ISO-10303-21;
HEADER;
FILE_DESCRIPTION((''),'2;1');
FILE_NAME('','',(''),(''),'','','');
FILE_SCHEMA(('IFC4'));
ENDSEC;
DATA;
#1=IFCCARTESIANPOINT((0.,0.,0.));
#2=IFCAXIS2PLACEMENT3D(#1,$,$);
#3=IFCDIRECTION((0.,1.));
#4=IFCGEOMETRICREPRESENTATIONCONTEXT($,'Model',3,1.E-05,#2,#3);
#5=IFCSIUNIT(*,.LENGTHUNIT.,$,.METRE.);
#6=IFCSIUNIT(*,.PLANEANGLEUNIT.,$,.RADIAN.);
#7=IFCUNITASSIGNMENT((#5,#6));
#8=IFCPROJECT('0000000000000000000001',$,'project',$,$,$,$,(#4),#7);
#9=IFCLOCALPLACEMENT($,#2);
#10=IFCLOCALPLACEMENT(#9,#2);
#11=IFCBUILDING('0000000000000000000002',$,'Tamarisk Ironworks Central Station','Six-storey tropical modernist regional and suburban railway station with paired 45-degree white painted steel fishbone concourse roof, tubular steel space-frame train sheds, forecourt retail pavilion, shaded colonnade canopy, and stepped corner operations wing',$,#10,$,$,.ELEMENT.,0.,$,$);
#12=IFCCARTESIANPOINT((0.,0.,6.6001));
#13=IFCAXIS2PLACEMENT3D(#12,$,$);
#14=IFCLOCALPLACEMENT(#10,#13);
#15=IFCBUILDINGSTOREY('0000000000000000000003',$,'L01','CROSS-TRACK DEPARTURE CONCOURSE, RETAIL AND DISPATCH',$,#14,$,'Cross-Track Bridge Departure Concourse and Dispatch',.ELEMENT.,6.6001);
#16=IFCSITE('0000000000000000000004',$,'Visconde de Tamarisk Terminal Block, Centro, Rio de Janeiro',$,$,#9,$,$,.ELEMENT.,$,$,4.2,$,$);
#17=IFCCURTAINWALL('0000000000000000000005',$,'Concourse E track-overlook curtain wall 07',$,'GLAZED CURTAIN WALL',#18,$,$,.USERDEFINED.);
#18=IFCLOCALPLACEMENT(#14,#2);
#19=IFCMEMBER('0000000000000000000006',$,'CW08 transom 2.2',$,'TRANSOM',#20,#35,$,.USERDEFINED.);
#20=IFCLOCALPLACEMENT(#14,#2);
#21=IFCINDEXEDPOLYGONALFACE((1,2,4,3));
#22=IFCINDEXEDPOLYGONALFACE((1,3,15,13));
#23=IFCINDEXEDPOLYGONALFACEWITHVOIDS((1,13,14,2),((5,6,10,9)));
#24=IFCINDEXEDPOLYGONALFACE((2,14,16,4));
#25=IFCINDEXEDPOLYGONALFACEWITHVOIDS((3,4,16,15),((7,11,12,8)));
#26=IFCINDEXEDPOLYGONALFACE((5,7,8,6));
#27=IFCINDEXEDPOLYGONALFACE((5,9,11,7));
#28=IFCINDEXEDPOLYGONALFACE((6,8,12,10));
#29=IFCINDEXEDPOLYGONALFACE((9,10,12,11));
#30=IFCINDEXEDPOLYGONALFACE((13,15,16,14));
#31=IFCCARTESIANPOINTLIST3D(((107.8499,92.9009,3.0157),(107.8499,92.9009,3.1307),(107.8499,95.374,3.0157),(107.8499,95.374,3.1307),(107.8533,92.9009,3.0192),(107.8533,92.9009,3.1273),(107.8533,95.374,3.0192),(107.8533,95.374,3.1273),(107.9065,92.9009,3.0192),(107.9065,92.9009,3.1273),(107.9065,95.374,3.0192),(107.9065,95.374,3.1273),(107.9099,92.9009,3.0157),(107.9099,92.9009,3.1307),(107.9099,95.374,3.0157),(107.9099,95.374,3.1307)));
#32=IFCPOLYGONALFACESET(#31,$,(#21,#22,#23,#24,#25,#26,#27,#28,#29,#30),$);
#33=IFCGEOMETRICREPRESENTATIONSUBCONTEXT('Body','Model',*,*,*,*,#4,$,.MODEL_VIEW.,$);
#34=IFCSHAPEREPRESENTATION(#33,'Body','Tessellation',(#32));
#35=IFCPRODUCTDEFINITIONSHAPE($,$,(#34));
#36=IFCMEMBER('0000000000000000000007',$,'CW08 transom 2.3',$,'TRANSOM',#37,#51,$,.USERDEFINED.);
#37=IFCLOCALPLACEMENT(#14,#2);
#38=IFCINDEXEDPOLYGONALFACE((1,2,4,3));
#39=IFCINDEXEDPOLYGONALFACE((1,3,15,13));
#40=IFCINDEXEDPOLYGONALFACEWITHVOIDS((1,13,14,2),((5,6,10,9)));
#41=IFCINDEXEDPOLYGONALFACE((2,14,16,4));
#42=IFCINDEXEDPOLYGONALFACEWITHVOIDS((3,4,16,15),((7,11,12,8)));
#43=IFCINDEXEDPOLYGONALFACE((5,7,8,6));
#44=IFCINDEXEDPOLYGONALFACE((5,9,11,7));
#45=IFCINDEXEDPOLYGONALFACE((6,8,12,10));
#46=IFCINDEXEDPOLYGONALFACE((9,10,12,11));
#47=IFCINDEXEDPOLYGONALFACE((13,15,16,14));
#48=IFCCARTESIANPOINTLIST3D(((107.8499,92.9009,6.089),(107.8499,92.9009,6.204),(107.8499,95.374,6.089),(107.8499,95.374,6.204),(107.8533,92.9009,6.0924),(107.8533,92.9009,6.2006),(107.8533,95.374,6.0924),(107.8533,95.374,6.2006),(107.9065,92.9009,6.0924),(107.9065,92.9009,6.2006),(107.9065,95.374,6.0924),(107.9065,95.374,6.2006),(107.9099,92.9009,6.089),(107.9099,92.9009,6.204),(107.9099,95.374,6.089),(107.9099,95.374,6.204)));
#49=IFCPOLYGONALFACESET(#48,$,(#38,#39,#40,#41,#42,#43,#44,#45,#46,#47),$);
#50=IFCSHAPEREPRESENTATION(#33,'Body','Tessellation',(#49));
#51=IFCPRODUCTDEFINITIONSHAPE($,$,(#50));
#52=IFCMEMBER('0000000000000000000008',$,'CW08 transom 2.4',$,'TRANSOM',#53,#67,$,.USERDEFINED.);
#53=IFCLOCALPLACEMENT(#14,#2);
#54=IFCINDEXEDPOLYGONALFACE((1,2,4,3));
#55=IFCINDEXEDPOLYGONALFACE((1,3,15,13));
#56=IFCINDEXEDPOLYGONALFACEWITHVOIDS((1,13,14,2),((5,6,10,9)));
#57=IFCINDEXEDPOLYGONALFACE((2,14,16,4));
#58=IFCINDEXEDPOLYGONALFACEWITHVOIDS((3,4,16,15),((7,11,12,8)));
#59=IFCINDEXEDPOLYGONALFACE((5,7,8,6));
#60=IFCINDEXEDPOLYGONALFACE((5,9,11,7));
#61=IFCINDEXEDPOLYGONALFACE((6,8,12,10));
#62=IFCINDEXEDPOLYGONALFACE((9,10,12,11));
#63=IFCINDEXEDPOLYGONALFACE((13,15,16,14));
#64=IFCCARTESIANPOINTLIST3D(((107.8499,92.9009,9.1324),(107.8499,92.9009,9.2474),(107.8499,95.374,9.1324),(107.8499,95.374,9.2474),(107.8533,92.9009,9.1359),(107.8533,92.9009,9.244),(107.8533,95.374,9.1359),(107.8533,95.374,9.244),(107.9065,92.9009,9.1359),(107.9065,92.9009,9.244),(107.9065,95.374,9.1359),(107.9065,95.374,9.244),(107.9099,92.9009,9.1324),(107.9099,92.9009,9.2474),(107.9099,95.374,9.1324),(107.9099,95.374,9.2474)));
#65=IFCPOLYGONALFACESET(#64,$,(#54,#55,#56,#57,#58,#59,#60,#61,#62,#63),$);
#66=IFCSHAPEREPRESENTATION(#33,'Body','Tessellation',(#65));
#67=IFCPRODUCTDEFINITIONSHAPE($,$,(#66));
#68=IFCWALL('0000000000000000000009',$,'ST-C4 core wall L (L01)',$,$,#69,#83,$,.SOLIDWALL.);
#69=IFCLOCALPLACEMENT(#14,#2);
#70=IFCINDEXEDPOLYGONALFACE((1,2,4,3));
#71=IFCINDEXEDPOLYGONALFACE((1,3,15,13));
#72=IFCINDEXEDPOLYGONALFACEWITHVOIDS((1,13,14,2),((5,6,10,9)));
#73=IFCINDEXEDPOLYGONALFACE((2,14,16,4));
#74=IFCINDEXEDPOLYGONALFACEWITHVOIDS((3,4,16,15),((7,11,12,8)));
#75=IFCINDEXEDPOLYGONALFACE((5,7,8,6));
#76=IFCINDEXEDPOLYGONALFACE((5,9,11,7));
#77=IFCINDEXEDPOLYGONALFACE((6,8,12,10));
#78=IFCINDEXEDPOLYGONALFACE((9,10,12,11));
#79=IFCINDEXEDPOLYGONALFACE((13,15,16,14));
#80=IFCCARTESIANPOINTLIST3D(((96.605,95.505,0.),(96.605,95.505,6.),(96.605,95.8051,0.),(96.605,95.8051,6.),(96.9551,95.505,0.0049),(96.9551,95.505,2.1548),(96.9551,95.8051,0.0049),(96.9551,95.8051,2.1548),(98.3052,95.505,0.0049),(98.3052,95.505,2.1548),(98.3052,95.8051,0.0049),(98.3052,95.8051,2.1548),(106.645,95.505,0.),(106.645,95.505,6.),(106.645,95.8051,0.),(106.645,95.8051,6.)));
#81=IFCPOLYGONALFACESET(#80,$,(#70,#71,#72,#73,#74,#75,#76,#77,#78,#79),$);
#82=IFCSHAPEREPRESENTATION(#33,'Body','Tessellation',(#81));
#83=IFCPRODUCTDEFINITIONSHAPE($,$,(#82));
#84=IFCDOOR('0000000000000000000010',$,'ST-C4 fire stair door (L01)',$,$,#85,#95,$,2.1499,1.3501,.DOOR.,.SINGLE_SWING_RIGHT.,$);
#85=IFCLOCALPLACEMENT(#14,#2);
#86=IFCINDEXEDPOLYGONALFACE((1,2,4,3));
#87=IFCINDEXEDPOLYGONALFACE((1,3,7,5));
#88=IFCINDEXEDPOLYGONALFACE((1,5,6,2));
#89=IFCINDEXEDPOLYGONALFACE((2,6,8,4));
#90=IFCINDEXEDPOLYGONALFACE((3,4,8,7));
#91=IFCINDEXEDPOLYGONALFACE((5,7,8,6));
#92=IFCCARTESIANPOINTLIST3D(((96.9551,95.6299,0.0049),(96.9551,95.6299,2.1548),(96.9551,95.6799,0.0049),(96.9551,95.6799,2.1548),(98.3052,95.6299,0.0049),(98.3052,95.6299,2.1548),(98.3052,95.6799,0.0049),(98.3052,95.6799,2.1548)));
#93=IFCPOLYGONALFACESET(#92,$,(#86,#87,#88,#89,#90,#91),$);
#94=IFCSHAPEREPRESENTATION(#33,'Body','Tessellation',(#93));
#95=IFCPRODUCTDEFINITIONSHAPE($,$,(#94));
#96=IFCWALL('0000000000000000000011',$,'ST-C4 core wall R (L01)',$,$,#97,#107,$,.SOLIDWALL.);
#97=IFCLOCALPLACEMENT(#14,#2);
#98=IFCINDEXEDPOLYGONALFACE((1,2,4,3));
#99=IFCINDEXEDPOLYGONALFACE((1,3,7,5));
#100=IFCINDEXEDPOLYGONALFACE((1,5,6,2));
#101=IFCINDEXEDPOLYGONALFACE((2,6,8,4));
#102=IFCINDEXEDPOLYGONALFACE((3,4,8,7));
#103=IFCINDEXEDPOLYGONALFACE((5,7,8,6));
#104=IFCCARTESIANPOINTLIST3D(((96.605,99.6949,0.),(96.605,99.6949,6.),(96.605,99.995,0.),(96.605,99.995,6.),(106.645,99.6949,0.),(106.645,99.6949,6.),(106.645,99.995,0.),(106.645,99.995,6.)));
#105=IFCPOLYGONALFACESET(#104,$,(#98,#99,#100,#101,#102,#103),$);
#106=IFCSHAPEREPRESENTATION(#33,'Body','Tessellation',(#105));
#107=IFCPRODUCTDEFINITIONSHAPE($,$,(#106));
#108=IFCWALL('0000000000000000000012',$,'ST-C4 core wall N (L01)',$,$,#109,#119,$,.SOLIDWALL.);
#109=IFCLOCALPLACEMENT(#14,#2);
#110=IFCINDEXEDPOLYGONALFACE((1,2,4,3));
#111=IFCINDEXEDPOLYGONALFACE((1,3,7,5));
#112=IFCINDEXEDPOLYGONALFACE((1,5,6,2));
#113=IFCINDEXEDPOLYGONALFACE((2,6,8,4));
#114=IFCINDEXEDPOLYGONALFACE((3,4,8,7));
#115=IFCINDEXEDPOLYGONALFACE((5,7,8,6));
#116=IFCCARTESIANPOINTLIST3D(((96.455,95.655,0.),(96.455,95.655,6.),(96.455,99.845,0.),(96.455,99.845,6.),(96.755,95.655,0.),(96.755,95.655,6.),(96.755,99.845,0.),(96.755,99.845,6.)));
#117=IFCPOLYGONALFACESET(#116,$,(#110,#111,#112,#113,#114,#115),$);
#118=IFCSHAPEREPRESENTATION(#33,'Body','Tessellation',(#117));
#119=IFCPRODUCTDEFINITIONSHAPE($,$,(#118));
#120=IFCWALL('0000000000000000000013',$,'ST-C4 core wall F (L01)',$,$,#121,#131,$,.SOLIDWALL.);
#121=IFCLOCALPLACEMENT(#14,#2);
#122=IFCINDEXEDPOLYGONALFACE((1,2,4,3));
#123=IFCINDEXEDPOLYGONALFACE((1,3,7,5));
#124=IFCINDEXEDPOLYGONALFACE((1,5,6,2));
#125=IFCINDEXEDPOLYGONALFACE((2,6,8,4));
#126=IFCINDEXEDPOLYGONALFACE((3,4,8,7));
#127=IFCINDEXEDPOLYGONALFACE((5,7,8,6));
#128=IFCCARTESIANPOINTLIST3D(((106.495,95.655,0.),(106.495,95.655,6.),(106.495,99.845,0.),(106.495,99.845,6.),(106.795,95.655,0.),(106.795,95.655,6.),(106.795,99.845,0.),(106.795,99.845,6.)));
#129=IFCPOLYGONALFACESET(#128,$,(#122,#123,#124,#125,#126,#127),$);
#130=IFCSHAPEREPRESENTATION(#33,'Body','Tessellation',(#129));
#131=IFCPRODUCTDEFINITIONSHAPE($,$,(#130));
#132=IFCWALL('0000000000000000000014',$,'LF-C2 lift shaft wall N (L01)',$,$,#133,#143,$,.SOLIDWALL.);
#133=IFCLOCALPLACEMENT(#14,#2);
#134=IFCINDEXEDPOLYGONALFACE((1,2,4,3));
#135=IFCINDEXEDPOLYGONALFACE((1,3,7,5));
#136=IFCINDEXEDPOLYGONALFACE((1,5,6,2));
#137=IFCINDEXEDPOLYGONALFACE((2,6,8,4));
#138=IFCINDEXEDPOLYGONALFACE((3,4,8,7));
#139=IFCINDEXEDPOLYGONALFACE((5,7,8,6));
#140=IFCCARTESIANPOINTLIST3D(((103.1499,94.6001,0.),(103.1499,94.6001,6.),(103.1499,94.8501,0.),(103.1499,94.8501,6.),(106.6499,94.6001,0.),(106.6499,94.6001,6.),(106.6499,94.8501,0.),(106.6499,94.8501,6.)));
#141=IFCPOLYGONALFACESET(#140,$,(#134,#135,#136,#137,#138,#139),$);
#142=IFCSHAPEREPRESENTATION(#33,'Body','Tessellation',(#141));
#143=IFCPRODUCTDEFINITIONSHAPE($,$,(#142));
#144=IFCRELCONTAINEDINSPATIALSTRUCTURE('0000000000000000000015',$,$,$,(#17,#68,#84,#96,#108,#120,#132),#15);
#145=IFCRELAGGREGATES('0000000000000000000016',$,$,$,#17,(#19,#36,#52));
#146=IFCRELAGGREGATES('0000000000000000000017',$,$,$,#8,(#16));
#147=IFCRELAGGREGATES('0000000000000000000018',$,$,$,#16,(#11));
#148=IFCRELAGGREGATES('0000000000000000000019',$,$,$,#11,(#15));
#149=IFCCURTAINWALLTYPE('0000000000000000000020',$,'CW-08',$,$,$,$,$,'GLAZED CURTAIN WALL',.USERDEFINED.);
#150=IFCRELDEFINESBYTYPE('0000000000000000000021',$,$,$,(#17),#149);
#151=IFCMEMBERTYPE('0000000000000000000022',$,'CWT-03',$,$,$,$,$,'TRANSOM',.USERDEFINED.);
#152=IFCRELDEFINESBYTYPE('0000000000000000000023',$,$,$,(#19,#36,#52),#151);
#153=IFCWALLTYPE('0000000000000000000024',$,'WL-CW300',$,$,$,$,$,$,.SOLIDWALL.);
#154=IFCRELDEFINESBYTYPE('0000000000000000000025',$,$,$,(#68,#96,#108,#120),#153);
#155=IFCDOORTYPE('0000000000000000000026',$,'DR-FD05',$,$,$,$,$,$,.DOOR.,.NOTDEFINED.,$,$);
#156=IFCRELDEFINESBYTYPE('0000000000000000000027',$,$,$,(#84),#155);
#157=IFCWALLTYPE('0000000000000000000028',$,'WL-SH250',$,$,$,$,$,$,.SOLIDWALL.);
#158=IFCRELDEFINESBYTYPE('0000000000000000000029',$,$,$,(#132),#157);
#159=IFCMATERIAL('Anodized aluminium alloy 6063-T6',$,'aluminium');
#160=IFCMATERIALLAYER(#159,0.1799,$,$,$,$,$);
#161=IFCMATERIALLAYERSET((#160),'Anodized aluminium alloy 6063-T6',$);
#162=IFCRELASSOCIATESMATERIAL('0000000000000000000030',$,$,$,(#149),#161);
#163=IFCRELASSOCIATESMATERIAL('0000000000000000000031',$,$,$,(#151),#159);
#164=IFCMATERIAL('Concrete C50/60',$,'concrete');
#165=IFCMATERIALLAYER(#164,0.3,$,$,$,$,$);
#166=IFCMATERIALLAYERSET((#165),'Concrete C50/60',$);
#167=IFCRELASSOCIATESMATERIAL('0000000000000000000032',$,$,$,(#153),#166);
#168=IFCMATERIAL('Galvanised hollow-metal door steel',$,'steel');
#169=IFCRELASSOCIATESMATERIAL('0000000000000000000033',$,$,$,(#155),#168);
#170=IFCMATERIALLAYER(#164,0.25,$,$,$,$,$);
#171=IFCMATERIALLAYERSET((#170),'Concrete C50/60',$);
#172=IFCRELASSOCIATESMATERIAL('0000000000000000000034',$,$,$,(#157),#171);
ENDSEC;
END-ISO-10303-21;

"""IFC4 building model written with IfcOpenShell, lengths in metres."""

from ifc_helpers import new_model, si_unit, direction, frame, frame_2d, origin, origin_2d, place, context, subcontext, project, spatial, rectangle, hollow_rectangle, extrude, material, layer, layer_set, material_profile, profile_set, type_object, element, fill, aggregate, save


model = new_model("IFC4")

# Units and contexts
model_context = context("Model", 3, precision=1e-05, world=origin(), true_north=direction((0.0, 1.0)))
body_context = subcontext(model_context, "Body", "Model", "MODEL_VIEW")
ifc_project = project(units=[si_unit("LENGTHUNIT", "METRE"), si_unit("PLANEANGLEUNIT", "RADIAN")], contexts=[model_context])

# Site, building, storey
site_placement = place(None, origin())
site = spatial("IfcSite", under=ifc_project, at=site_placement, Name="Visconde de Tamarisk Terminal Block, Centro, Rio de Janeiro", CompositionType="ELEMENT", RefElevation=4.2)
building_placement = place(site_placement, origin())
building = spatial("IfcBuilding", under=site, at=building_placement, Name="Tamarisk Ironworks Central Station", Description="Six-storey tropical modernist regional and suburban railway station with paired 45-degree white painted steel fishbone concourse roof, tubular steel space-frame train sheds, forecourt retail pavilion, shaded colonnade canopy, and stepped corner operations wing", CompositionType="ELEMENT", ElevationOfRefHeight=0.0)
storey_placement = place(building_placement, frame((0.0, 0.0, 6.6001)))
storey = spatial("IfcBuildingStorey", under=building, at=storey_placement, Name="L01", Description="CROSS-TRACK DEPARTURE CONCOURSE, RETAIL AND DISPATCH", LongName="Cross-Track Bridge Departure Concourse and Dispatch", CompositionType="ELEMENT", Elevation=6.6001)

# Curtain wall, members
ifc_material_1 = material(Name="Anodized aluminium alloy 6063-T6", Category="aluminium")
ifc_layer_1 = layer(ifc_material_1, 0.1799)
ifc_layer_set_1 = layer_set([ifc_layer_1], Name="Anodized aluminium alloy 6063-T6")
curtain_wall_type = type_object("IfcCurtainWallType", Name="CW-08", ElementType="GLAZED CURTAIN WALL", PredefinedType="USERDEFINED", material=ifc_layer_set_1)
curtain_wall_placement = place(storey_placement, origin())
curtain_wall = element("IfcCurtainWall", 1, at=curtain_wall_placement, inside=storey, type_object=curtain_wall_type, Name="Concourse E track-overlook curtain wall 07", ObjectType="GLAZED CURTAIN WALL", PredefinedType="USERDEFINED")
ifc_material_profile_1 = material_profile(ifc_material_1, hollow_rectangle(XDim=0.0601, YDim=0.115, WallThickness=0.0034, at=origin_2d()), Name="ALUM 115x60")
ifc_profile_set_1 = profile_set([ifc_material_profile_1], Name="Anodized aluminium alloy 6063-T6")
member_type = type_object("IfcMemberType", Name="CWT-03", ElementType="TRANSOM", PredefinedType="USERDEFINED", material=ifc_profile_set_1)
member_1_placement = place(storey_placement, frame((107.8799, 92.9009, 3.0732), z_axis=(0.0, 1.0, 0.0), x_axis=(-1.0, 0.0, 0.0)))
member_1 = element("IfcMember", 2, at=member_1_placement, type_object=member_type, Name="CW08 transom 2.2", ObjectType="TRANSOM", PredefinedType="USERDEFINED", context=body_context, shape_type="SweptSolid", body=[
    extrude(hollow_rectangle(XDim=0.0601, YDim=0.115, WallThickness=0.0034, at=origin_2d()), origin(), (0.0, 0.0, 1.0), 2.4731),
])
member_2_placement = place(storey_placement, frame((107.8799, 92.9009, 6.1465), z_axis=(0.0, 1.0, 0.0), x_axis=(-1.0, 0.0, 0.0)))
member_2 = element("IfcMember", 3, at=member_2_placement, type_object=member_type, Name="CW08 transom 2.3", ObjectType="TRANSOM", PredefinedType="USERDEFINED", context=body_context, shape_type="SweptSolid", body=[
    extrude(hollow_rectangle(XDim=0.0601, YDim=0.115, WallThickness=0.0034, at=origin_2d()), origin(), (0.0, 0.0, 1.0), 2.4731),
])
member_3_placement = place(storey_placement, frame((107.8799, 92.9009, 9.1899), z_axis=(0.0, 1.0, 0.0), x_axis=(-1.0, 0.0, 0.0)))
member_3 = element("IfcMember", 4, at=member_3_placement, type_object=member_type, Name="CW08 transom 2.4", ObjectType="TRANSOM", PredefinedType="USERDEFINED", context=body_context, shape_type="SweptSolid", body=[
    extrude(hollow_rectangle(XDim=0.0601, YDim=0.115, WallThickness=0.0034, at=origin_2d()), origin(), (0.0, 0.0, 1.0), 2.4731),
])
aggregate(curtain_wall, [member_1, member_2, member_3])

# Wall, opening, door
ifc_material_2 = material(Name="Concrete C50/60", Category="concrete")
ifc_layer_2 = layer(ifc_material_2, 0.3)
ifc_layer_set_2 = layer_set([ifc_layer_2], Name="Concrete C50/60")
wall_type_1 = type_object("IfcWallType", Name="WL-CW300", PredefinedType="SOLIDWALL", material=ifc_layer_set_2)
wall_1_placement = place(storey_placement, frame((96.605, 95.655, 0.0), z_axis=(0.0, 0.0, 1.0), x_axis=(1.0, 0.0, 0.0)))
wall_1 = element("IfcWall", 5, at=wall_1_placement, inside=storey, type_object=wall_type_1, Name="ST-C4 core wall L (L01)", PredefinedType="SOLIDWALL", context=body_context, shape_type="SweptSolid", body=[
    extrude(rectangle(XDim=10.04, YDim=0.3, at=frame_2d((5.02, 0.0))), origin(), (0.0, 0.0, 1.0), 6.0),
])
opening_placement = place(wall_1_placement, frame((0.3501, 0.0, 0.0049)))
opening = element("IfcOpeningElement", 6, at=opening_placement, cuts=wall_1, PredefinedType="OPENING", context=body_context, shape_type="SweptSolid", body=[
    extrude(rectangle(XDim=1.3501, YDim=2.1499, at=frame_2d((0.675, 1.075))), frame((0.0, 0.1621, 0.0), z_axis=(0.0, -1.0, 0.0), x_axis=(1.0, 0.0, 0.0)), (0.0, 0.0, 1.0), 0.324),
])
ifc_material_3 = material(Name="Galvanised hollow-metal door steel", Category="steel")
door_type = type_object("IfcDoorType", Name="DR-FD05", OperationType="NOTDEFINED", PredefinedType="DOOR", material=ifc_material_3)
door_placement = place(opening_placement, origin())
door = element("IfcDoor", 7, at=door_placement, inside=storey, type_object=door_type, Name="ST-C4 fire stair door (L01)", OperationType="SINGLE_SWING_RIGHT", OverallHeight=2.1499, OverallWidth=1.3501, PredefinedType="DOOR", context=body_context, shape_type="SweptSolid", body=[
    extrude(rectangle(XDim=1.3501, YDim=2.1499, at=frame_2d((0.675, 1.075))), frame((0.0, 0.0249, 0.0), z_axis=(0.0, -1.0, 0.0), x_axis=(1.0, 0.0, 0.0)), (0.0, 0.0, 1.0), 0.05),
])
fill(opening, door)

# Walls
wall_2_placement = place(storey_placement, frame((96.605, 99.845, 0.0), z_axis=(0.0, 0.0, 1.0), x_axis=(1.0, 0.0, 0.0)))
element("IfcWall", 8, at=wall_2_placement, inside=storey, type_object=wall_type_1, Name="ST-C4 core wall R (L01)", PredefinedType="SOLIDWALL", context=body_context, shape_type="SweptSolid", body=[
    extrude(rectangle(XDim=10.04, YDim=0.3, at=frame_2d((5.02, 0.0))), origin(), (0.0, 0.0, 1.0), 6.0),
])
for number, where, z_axis, x_axis, name in (
    (9, (96.605, 95.655, 0.0), (0.0, 0.0, 1.0), (0.0, 1.0, 0.0), "ST-C4 core wall N (L01)"),
    (10, (106.645, 95.655, 0.0), (0.0, 0.0, 1.0), (0.0, 1.0, 0.0), "ST-C4 core wall F (L01)"),
):
    element("IfcWall", number, at=place(storey_placement, frame(where, z_axis=z_axis, x_axis=x_axis)), inside=storey, type_object=wall_type_1, Name=name, PredefinedType="SOLIDWALL", context=body_context, shape_type="SweptSolid", body=[
        extrude(rectangle(XDim=4.1899, YDim=0.3, at=frame_2d((2.095, 0.0))), origin(), (0.0, 0.0, 1.0), 6.0),
    ])
ifc_layer_3 = layer(ifc_material_2, 0.25)
ifc_layer_set_3 = layer_set([ifc_layer_3], Name="Concrete C50/60")
wall_type_2 = type_object("IfcWallType", Name="WL-SH250", PredefinedType="SOLIDWALL", material=ifc_layer_set_3)
wall_3_placement = place(storey_placement, frame((103.1499, 94.7251, 0.0), z_axis=(0.0, 0.0, 1.0), x_axis=(1.0, 0.0, 0.0)))
element("IfcWall", 11, at=wall_3_placement, inside=storey, type_object=wall_type_2, Name="LF-C2 lift shaft wall N (L01)", PredefinedType="SOLIDWALL", context=body_context, shape_type="SweptSolid", body=[
    extrude(rectangle(XDim=3.5, YDim=0.25, at=frame_2d((1.75, 0.0))), origin(), (0.0, 0.0, 1.0), 6.0),
])

save(model, "model.ifc")
